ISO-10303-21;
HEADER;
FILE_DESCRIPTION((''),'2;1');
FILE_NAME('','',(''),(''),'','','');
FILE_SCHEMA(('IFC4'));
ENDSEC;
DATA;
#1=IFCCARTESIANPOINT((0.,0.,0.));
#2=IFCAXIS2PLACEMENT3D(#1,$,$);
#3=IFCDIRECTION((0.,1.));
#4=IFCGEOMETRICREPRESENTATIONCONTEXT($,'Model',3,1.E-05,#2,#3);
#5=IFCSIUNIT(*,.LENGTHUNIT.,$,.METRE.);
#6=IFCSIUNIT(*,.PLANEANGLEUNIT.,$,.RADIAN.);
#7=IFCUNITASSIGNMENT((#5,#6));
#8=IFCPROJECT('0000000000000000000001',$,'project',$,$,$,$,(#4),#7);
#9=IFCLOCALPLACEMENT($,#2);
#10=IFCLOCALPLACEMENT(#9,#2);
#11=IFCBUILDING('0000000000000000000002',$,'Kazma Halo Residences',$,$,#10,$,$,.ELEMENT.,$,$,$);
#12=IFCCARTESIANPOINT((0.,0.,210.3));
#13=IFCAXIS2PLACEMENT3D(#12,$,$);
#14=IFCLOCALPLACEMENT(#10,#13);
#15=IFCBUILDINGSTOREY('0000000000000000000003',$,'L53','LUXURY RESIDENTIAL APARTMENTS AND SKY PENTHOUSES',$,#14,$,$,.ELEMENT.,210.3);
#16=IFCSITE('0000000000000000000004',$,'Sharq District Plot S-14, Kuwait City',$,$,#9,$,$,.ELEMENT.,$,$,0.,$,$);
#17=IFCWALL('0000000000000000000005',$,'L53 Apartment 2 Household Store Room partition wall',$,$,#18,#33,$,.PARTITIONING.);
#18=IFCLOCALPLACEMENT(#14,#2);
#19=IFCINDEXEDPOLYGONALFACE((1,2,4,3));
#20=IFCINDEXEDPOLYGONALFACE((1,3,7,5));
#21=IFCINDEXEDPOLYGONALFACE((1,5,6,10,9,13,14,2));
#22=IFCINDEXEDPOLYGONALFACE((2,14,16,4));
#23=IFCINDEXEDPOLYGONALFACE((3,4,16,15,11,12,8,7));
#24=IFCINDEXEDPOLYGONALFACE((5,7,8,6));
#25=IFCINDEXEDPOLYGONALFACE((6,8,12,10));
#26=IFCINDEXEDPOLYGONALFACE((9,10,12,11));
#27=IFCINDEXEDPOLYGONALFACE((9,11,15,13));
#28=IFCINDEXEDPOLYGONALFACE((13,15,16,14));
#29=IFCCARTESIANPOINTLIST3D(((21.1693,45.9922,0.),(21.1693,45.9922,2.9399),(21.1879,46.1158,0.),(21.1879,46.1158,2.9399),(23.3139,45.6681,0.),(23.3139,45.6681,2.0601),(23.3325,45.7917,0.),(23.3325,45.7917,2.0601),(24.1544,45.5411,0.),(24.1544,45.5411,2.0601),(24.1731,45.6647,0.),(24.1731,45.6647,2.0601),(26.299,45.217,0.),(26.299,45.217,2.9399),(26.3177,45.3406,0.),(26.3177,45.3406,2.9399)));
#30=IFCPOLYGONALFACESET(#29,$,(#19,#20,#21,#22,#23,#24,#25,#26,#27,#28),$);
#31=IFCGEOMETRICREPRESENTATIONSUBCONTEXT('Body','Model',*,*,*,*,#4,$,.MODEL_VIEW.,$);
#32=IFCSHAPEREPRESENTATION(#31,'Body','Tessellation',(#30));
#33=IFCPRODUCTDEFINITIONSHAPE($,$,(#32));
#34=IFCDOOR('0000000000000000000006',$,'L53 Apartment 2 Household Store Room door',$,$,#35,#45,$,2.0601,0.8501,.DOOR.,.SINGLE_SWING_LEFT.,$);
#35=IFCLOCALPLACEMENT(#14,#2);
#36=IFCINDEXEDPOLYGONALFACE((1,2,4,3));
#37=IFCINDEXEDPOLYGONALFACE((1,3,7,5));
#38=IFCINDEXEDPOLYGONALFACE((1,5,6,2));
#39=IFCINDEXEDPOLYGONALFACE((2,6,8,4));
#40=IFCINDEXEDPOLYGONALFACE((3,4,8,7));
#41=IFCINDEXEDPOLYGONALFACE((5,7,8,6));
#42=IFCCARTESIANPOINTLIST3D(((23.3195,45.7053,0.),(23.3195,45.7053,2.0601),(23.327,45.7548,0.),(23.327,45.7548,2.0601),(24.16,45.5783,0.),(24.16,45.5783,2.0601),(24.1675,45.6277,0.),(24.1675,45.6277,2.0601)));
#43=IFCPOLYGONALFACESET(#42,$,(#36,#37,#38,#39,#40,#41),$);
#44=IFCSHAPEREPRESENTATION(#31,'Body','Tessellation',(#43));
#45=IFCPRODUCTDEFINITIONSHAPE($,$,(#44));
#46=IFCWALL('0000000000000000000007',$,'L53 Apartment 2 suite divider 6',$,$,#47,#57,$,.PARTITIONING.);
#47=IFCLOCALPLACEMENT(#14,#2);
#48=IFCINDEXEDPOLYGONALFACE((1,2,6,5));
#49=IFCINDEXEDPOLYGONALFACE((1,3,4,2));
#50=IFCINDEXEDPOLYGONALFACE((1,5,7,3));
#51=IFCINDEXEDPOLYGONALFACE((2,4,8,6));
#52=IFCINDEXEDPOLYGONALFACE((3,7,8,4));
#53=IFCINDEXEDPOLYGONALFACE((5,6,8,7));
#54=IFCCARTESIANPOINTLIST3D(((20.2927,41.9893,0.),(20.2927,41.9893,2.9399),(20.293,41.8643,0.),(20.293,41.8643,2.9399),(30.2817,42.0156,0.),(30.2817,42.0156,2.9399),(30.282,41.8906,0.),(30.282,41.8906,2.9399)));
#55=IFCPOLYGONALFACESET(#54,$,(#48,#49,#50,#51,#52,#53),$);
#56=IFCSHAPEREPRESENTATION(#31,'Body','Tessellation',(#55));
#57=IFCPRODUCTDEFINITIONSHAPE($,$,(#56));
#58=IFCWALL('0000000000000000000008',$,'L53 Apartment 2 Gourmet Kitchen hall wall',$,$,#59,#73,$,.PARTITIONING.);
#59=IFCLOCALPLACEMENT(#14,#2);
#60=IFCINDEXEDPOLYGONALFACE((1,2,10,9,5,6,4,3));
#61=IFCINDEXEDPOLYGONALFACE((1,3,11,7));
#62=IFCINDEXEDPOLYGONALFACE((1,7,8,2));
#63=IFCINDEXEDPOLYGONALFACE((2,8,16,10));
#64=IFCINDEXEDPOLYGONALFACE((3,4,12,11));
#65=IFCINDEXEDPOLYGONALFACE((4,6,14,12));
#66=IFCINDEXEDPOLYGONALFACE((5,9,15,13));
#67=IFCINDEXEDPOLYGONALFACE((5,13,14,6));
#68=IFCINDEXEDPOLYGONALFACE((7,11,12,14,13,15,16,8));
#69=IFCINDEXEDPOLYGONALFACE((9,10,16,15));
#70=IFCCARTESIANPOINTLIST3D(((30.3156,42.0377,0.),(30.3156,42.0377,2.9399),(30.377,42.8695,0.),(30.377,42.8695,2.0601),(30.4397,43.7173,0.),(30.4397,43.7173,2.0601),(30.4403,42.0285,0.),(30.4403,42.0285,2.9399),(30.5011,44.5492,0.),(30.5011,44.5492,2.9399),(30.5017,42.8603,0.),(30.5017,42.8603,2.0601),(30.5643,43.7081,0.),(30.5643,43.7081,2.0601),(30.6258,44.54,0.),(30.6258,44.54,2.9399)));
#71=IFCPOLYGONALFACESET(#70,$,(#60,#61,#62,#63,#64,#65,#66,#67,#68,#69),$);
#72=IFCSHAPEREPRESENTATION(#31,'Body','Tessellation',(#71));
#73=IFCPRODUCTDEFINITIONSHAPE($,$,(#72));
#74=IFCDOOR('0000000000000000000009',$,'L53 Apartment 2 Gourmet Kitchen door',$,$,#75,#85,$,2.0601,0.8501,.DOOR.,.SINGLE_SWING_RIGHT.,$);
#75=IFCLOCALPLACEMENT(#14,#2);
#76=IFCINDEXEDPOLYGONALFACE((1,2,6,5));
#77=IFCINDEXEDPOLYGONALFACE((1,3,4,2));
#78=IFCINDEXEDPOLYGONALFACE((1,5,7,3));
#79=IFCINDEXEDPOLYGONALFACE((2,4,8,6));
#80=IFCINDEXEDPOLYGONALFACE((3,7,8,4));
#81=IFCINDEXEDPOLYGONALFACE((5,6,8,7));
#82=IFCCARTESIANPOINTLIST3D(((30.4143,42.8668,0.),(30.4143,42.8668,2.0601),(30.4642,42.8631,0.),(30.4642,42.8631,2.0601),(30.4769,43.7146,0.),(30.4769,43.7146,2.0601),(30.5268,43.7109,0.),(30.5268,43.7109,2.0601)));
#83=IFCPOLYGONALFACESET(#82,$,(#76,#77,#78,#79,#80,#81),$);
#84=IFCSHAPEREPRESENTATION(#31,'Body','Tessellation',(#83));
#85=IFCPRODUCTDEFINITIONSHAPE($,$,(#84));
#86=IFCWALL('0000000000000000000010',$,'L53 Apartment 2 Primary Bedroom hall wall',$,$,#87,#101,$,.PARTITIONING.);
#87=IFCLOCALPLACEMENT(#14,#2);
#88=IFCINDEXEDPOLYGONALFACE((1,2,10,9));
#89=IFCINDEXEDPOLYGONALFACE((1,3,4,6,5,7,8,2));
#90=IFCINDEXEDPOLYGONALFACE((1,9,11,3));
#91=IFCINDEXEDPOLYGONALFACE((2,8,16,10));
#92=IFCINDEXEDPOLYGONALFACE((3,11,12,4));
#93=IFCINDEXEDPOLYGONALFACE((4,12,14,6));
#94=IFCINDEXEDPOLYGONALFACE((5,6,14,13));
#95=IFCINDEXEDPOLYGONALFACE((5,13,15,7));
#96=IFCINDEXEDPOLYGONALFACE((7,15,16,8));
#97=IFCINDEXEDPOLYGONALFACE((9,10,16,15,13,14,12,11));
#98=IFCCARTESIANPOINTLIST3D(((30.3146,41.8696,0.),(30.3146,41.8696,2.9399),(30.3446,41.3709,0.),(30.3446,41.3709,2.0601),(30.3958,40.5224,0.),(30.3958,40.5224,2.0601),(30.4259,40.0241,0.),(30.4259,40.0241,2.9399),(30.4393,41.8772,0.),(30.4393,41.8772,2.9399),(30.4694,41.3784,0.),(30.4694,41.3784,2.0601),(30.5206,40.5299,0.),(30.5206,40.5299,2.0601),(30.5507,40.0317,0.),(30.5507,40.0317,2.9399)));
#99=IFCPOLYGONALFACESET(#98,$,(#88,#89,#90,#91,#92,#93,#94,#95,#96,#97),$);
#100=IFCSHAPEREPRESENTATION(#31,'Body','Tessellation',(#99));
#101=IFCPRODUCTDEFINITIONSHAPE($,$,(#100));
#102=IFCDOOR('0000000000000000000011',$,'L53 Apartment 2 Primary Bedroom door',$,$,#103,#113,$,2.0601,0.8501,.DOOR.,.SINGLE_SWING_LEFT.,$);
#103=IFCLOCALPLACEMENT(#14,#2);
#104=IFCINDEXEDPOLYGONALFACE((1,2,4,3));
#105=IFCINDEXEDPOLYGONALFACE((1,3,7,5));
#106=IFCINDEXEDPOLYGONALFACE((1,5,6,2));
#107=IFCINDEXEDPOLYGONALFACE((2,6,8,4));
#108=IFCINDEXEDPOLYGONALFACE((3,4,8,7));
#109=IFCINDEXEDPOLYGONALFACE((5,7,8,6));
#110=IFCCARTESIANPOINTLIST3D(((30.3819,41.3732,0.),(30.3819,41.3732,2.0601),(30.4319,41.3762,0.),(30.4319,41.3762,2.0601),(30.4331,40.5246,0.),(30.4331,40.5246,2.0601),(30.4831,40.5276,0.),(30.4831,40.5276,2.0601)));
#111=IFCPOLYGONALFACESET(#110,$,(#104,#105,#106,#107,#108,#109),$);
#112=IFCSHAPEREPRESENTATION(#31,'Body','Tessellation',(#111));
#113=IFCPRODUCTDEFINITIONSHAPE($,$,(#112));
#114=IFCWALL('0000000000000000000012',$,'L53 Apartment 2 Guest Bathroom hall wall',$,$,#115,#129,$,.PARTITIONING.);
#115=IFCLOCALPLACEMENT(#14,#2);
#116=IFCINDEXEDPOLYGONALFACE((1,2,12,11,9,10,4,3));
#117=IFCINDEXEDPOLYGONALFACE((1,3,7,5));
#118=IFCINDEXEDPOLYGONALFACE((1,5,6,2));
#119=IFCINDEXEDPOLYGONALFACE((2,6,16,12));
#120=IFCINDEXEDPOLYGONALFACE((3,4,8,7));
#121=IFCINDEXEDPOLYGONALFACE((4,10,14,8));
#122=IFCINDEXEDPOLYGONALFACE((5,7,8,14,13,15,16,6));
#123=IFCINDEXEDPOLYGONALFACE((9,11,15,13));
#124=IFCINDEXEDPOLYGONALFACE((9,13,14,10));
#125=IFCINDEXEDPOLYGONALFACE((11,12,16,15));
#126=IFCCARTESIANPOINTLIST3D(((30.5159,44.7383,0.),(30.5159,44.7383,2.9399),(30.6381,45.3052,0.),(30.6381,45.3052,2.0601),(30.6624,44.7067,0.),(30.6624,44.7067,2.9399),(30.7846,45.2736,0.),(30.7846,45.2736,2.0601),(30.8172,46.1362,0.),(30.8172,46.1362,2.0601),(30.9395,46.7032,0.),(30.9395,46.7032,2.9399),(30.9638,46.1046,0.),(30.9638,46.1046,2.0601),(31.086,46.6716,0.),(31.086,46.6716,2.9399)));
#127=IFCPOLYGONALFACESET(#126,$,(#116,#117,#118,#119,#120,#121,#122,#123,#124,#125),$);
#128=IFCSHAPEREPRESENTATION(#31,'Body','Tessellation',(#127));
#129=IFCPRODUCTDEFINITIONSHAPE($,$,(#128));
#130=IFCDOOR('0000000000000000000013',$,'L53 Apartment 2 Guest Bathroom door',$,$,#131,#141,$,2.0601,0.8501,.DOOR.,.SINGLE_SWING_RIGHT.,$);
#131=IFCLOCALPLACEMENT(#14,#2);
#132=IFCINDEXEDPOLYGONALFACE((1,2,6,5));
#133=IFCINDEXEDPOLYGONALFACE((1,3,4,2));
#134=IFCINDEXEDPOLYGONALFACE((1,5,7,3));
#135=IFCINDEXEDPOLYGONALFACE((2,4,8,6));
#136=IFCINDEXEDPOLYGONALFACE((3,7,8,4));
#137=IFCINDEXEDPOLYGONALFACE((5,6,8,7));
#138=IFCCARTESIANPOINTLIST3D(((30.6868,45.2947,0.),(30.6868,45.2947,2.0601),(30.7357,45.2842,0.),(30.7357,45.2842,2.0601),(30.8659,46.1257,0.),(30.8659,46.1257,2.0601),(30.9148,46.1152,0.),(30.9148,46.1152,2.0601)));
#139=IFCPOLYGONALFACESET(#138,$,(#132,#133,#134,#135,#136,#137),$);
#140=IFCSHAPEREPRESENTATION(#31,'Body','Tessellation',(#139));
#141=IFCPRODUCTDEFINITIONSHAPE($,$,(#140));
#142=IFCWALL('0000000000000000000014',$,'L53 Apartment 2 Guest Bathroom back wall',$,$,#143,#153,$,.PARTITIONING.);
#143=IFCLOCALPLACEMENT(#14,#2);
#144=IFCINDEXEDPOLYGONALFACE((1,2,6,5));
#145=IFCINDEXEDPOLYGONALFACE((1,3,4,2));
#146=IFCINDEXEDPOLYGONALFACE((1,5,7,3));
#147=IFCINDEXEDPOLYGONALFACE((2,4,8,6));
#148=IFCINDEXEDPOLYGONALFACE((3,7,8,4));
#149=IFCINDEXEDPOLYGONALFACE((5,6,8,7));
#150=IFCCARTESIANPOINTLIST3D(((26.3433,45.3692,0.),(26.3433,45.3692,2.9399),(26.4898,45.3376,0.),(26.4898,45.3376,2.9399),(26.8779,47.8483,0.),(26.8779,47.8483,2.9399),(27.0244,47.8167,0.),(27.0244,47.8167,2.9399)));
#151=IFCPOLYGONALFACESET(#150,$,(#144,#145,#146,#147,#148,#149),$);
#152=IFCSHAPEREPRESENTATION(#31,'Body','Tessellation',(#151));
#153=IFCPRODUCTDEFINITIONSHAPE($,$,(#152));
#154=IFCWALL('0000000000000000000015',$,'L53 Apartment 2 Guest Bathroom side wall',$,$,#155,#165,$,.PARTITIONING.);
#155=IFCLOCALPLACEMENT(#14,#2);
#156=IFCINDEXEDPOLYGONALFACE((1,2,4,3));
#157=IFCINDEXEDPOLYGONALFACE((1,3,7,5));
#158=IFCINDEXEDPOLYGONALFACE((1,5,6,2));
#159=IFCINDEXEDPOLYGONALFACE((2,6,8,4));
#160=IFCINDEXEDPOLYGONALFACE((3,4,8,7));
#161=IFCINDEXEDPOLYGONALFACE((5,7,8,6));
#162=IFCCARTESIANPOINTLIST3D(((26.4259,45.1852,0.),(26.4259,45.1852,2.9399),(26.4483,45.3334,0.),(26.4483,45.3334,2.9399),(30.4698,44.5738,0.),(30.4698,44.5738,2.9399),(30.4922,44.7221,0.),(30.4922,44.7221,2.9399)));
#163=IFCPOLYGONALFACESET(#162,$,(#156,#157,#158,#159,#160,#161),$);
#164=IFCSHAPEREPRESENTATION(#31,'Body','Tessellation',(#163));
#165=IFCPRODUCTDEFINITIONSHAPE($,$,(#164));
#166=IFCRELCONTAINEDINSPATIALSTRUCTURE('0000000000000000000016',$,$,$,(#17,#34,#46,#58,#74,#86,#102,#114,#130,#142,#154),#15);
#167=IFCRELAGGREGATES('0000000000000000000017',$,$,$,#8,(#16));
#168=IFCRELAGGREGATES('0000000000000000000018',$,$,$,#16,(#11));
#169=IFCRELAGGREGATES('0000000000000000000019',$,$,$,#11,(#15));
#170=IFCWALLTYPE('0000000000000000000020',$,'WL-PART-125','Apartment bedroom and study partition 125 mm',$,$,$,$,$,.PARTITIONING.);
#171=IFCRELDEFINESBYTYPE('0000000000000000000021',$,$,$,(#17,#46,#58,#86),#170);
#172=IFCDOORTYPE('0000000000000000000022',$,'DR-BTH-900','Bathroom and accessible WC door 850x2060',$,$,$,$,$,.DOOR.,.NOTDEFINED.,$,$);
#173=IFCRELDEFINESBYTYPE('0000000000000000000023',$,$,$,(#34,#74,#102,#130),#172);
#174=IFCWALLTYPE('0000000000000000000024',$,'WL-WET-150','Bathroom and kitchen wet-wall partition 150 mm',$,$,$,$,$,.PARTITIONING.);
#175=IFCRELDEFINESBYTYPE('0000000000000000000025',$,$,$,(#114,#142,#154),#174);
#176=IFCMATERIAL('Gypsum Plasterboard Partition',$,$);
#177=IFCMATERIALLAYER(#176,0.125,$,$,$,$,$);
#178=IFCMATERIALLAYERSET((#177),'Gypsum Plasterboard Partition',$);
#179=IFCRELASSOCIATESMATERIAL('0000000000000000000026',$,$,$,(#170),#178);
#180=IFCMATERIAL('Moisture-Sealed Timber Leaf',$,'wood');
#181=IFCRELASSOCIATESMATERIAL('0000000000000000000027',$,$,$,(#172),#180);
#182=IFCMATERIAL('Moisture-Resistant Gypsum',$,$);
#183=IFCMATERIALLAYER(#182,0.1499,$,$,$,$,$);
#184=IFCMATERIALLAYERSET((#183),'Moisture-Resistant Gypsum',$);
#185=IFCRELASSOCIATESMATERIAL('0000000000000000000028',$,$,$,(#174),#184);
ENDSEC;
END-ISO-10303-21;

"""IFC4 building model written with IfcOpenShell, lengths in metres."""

from ifc_helpers import new_model, si_unit, direction, frame, frame_2d, origin, place, context, subcontext, project, spatial, rectangle, extrude, material, layer, layer_set, type_object, element, fill, save


model = new_model("IFC4")

# Units and contexts
model_context = context("Model", 3, precision=1e-05, world=origin(), true_north=direction((0.0, 1.0)))
body_context = subcontext(model_context, "Body", "Model", "MODEL_VIEW")
ifc_project = project(units=[si_unit("LENGTHUNIT", "METRE"), si_unit("PLANEANGLEUNIT", "RADIAN")], contexts=[model_context])

# Site, building, storey
site_placement = place(None, origin())
site = spatial("IfcSite", under=ifc_project, at=site_placement, Name="Sharq District Plot S-14, Kuwait City", CompositionType="ELEMENT", RefElevation=0.0)
building_placement = place(site_placement, origin())
building = spatial("IfcBuilding", under=site, at=building_placement, Name="Kazma Halo Residences", CompositionType="ELEMENT")
storey_placement = place(building_placement, frame((0.0, 0.0, 210.3)))
storey = spatial("IfcBuildingStorey", under=building, at=storey_placement, Name="L53", Description="LUXURY RESIDENTIAL APARTMENTS AND SKY PENTHOUSES", CompositionType="ELEMENT", Elevation=210.3)

# Shared definitions
ifc_material_1 = material(Name="Gypsum Plasterboard Partition")
ifc_layer_1 = layer(ifc_material_1, 0.125)
ifc_layer_set_1 = layer_set([ifc_layer_1], Name="Gypsum Plasterboard Partition")
wall_type_1 = type_object("IfcWallType", Name="WL-PART-125", Description="Apartment bedroom and study partition 125 mm", PredefinedType="PARTITIONING", material=ifc_layer_set_1)

# Wall, opening, door
wall_1_placement = place(storey_placement, frame((26.3083, 45.2788, 0.0), z_axis=(0.0, 0.0, 1.0), x_axis=(-0.988775, 0.149415, 0.0)))
wall_1 = element("IfcWall", 1, at=wall_1_placement, inside=storey, type_object=wall_type_1, Name="L53 Apartment 2 Household Store Room partition wall", PredefinedType="PARTITIONING", context=body_context, shape_type="SweptSolid", body=[
    extrude(rectangle(XDim=5.188, YDim=0.125, at=frame_2d((2.594, 0.0))), origin(), (0.0, 0.0, 1.0), 2.9399),
])
opening_1_placement = place(wall_1_placement, frame((2.1689, 0.0, 0.0)))
opening_1 = element("IfcOpeningElement", 2, at=opening_1_placement, cuts=wall_1, PredefinedType="OPENING", context=body_context, shape_type="SweptSolid", body=[
    extrude(rectangle(XDim=0.8501, YDim=2.0601, at=frame_2d((0.425, 1.03))), frame((0.0, 0.0725, 0.0), z_axis=(0.0, -1.0, 0.0), x_axis=(1.0, 0.0, 0.0)), (0.0, 0.0, 1.0), 0.145),
])
ifc_material_2 = material(Name="Moisture-Sealed Timber Leaf", Category="wood")
door_type = type_object("IfcDoorType", Name="DR-BTH-900", Description="Bathroom and accessible WC door 850x2060", OperationType="NOTDEFINED", PredefinedType="DOOR", material=ifc_material_2)
door_1_placement = place(opening_1_placement, origin())
door_1 = element("IfcDoor", 3, at=door_1_placement, inside=storey, type_object=door_type, Name="L53 Apartment 2 Household Store Room door", OperationType="SINGLE_SWING_LEFT", OverallHeight=2.0601, OverallWidth=0.8501, PredefinedType="DOOR", context=body_context, shape_type="SweptSolid", body=[
    extrude(rectangle(XDim=0.8501, YDim=2.0601, at=frame_2d((0.425, 1.03))), frame((0.0, 0.0249, 0.0), z_axis=(0.0, -1.0, 0.0), x_axis=(1.0, 0.0, 0.0)), (0.0, 0.0, 1.0), 0.05),
])
fill(opening_1, door_1)

# Wall
wall_2_placement = place(storey_placement, frame((30.282, 41.9531, 0.0), z_axis=(0.0, 0.0, 1.0), x_axis=(-0.999997, -0.00264, 0.0)))
element("IfcWall", 4, at=wall_2_placement, inside=storey, type_object=wall_type_1, Name="L53 Apartment 2 suite divider 6", PredefinedType="PARTITIONING", context=body_context, shape_type="SweptSolid", body=[
    extrude(rectangle(XDim=9.989, YDim=0.125, at=frame_2d((4.9946, 0.0))), origin(), (0.0, 0.0, 1.0), 2.9399),
])

# Walls, openings, doors
wall_3_placement = place(storey_placement, frame((30.5635, 44.5447, 0.0), z_axis=(0.0, 0.0, 1.0), x_axis=(-0.073679, -0.997282, 0.0)))
wall_3 = element("IfcWall", 5, at=wall_3_placement, inside=storey, type_object=wall_type_1, Name="L53 Apartment 2 Gourmet Kitchen hall wall", PredefinedType="PARTITIONING", context=body_context, shape_type="SweptSolid", body=[
    extrude(rectangle(XDim=2.5183, YDim=0.125, at=frame_2d((1.2593, 0.0))), origin(), (0.0, 0.0, 1.0), 2.9399),
])
opening_2_placement = place(wall_3_placement, frame((0.8342, 0.0, 0.0)))
opening_2 = element("IfcOpeningElement", 6, at=opening_2_placement, cuts=wall_3, PredefinedType="OPENING", context=body_context, shape_type="SweptSolid", body=[
    extrude(rectangle(XDim=0.8501, YDim=2.0601, at=frame_2d((0.425, 1.03))), frame((0.0, 0.0725, 0.0), z_axis=(0.0, -1.0, 0.0), x_axis=(1.0, 0.0, 0.0)), (0.0, 0.0, 1.0), 0.145),
])
door_2_placement = place(opening_2_placement, origin())
door_2 = element("IfcDoor", 7, at=door_2_placement, inside=storey, type_object=door_type, Name="L53 Apartment 2 Gourmet Kitchen door", OperationType="SINGLE_SWING_RIGHT", OverallHeight=2.0601, OverallWidth=0.8501, PredefinedType="DOOR", context=body_context, shape_type="SweptSolid", body=[
    extrude(rectangle(XDim=0.8501, YDim=2.0601, at=frame_2d((0.425, 1.03))), frame((0.0, 0.0249, 0.0), z_axis=(0.0, -1.0, 0.0), x_axis=(1.0, 0.0, 0.0)), (0.0, 0.0, 1.0), 0.05),
])
fill(opening_2, door_2)
wall_4_placement = place(storey_placement, frame((30.377, 41.8733, 0.0), z_axis=(0.0, 0.0, 1.0), x_axis=(0.060216, -0.998185, 0.0)))
wall_4 = element("IfcWall", 8, at=wall_4_placement, inside=storey, type_object=wall_type_1, Name="L53 Apartment 2 Primary Bedroom hall wall", PredefinedType="PARTITIONING", context=body_context, shape_type="SweptSolid", body=[
    extrude(rectangle(XDim=1.8489, YDim=0.125, at=frame_2d((0.9243, 0.0))), origin(), (0.0, 0.0, 1.0), 2.9399),
])
opening_3_placement = place(wall_4_placement, frame((0.4995, 0.0, 0.0)))
opening_3 = element("IfcOpeningElement", 9, at=opening_3_placement, cuts=wall_4, PredefinedType="OPENING", context=body_context, shape_type="SweptSolid", body=[
    extrude(rectangle(XDim=0.8501, YDim=2.0601, at=frame_2d((0.425, 1.03))), frame((0.0, 0.0725, 0.0), z_axis=(0.0, -1.0, 0.0), x_axis=(1.0, 0.0, 0.0)), (0.0, 0.0, 1.0), 0.145),
])
door_3_placement = place(opening_3_placement, origin())
door_3 = element("IfcDoor", 10, at=door_3_placement, inside=storey, type_object=door_type, Name="L53 Apartment 2 Primary Bedroom door", OperationType="SINGLE_SWING_LEFT", OverallHeight=2.0601, OverallWidth=0.8501, PredefinedType="DOOR", context=body_context, shape_type="SweptSolid", body=[
    extrude(rectangle(XDim=0.8501, YDim=2.0601, at=frame_2d((0.425, 1.03))), frame((0.0, 0.0249, 0.0), z_axis=(0.0, -1.0, 0.0), x_axis=(1.0, 0.0, 0.0)), (0.0, 0.0, 1.0), 0.05),
])
fill(opening_3, door_3)
ifc_material_3 = material(Name="Moisture-Resistant Gypsum")
ifc_layer_2 = layer(ifc_material_3, 0.1499)
ifc_layer_set_2 = layer_set([ifc_layer_2], Name="Moisture-Resistant Gypsum")
wall_type_2 = type_object("IfcWallType", Name="WL-WET-150", Description="Bathroom and kitchen wet-wall partition 150 mm", PredefinedType="PARTITIONING", material=ifc_layer_set_2)
wall_5_placement = place(storey_placement, frame((31.0127, 46.6873, 0.0), z_axis=(0.0, 0.0, 1.0), x_axis=(-0.21074, -0.977542, 0.0)))
wall_5 = element("IfcWall", 11, at=wall_5_placement, inside=storey, type_object=wall_type_2, Name="L53 Apartment 2 Guest Bathroom hall wall", PredefinedType="PARTITIONING", context=body_context, shape_type="SweptSolid", body=[
    extrude(rectangle(XDim=2.01, YDim=0.1499, at=frame_2d((1.0049, 0.0))), origin(), (0.0, 0.0, 1.0), 2.9399),
])
opening_4_placement = place(wall_5_placement, frame((0.5798, 0.0, 0.0)))
opening_4 = element("IfcOpeningElement", 12, at=opening_4_placement, cuts=wall_5, PredefinedType="OPENING", context=body_context, shape_type="SweptSolid", body=[
    extrude(rectangle(XDim=0.8501, YDim=2.0601, at=frame_2d((0.425, 1.03))), frame((0.0, 0.085, 0.0), z_axis=(0.0, -1.0, 0.0), x_axis=(1.0, 0.0, 0.0)), (0.0, 0.0, 1.0), 0.1699),
])
door_4_placement = place(opening_4_placement, origin())
door_4 = element("IfcDoor", 13, at=door_4_placement, inside=storey, type_object=door_type, Name="L53 Apartment 2 Guest Bathroom door", OperationType="SINGLE_SWING_RIGHT", OverallHeight=2.0601, OverallWidth=0.8501, PredefinedType="DOOR", context=body_context, shape_type="SweptSolid", body=[
    extrude(rectangle(XDim=0.8501, YDim=2.0601, at=frame_2d((0.425, 1.03))), frame((0.0, 0.0249, 0.0), z_axis=(0.0, -1.0, 0.0), x_axis=(1.0, 0.0, 0.0)), (0.0, 0.0, 1.0), 0.05),
])
fill(opening_4, door_4)

# Walls
wall_6_placement = place(storey_placement, frame((26.9512, 47.8325, 0.0), z_axis=(0.0, 0.0, 1.0), x_axis=(-0.210811, -0.977527, 0.0)))
element("IfcWall", 14, at=wall_6_placement, inside=storey, type_object=wall_type_2, Name="L53 Apartment 2 Guest Bathroom back wall", PredefinedType="PARTITIONING", context=body_context, shape_type="SweptSolid", body=[
    extrude(rectangle(XDim=2.5361, YDim=0.1499, at=frame_2d((1.2681, 0.0))), origin(), (0.0, 0.0, 1.0), 2.9399),
])
wall_7_placement = place(storey_placement, frame((30.481, 44.6479, 0.0), z_axis=(0.0, 0.0, 1.0), x_axis=(-0.988766, 0.149473, 0.0)))
element("IfcWall", 15, at=wall_7_placement, inside=storey, type_object=wall_type_2, Name="L53 Apartment 2 Guest Bathroom side wall", PredefinedType="PARTITIONING", context=body_context, shape_type="SweptSolid", body=[
    extrude(rectangle(XDim=4.0898, YDim=0.1499, at=frame_2d((2.0449, 0.0))), origin(), (0.0, 0.0, 1.0), 2.9399),
])

save(model, "model.ifc")
